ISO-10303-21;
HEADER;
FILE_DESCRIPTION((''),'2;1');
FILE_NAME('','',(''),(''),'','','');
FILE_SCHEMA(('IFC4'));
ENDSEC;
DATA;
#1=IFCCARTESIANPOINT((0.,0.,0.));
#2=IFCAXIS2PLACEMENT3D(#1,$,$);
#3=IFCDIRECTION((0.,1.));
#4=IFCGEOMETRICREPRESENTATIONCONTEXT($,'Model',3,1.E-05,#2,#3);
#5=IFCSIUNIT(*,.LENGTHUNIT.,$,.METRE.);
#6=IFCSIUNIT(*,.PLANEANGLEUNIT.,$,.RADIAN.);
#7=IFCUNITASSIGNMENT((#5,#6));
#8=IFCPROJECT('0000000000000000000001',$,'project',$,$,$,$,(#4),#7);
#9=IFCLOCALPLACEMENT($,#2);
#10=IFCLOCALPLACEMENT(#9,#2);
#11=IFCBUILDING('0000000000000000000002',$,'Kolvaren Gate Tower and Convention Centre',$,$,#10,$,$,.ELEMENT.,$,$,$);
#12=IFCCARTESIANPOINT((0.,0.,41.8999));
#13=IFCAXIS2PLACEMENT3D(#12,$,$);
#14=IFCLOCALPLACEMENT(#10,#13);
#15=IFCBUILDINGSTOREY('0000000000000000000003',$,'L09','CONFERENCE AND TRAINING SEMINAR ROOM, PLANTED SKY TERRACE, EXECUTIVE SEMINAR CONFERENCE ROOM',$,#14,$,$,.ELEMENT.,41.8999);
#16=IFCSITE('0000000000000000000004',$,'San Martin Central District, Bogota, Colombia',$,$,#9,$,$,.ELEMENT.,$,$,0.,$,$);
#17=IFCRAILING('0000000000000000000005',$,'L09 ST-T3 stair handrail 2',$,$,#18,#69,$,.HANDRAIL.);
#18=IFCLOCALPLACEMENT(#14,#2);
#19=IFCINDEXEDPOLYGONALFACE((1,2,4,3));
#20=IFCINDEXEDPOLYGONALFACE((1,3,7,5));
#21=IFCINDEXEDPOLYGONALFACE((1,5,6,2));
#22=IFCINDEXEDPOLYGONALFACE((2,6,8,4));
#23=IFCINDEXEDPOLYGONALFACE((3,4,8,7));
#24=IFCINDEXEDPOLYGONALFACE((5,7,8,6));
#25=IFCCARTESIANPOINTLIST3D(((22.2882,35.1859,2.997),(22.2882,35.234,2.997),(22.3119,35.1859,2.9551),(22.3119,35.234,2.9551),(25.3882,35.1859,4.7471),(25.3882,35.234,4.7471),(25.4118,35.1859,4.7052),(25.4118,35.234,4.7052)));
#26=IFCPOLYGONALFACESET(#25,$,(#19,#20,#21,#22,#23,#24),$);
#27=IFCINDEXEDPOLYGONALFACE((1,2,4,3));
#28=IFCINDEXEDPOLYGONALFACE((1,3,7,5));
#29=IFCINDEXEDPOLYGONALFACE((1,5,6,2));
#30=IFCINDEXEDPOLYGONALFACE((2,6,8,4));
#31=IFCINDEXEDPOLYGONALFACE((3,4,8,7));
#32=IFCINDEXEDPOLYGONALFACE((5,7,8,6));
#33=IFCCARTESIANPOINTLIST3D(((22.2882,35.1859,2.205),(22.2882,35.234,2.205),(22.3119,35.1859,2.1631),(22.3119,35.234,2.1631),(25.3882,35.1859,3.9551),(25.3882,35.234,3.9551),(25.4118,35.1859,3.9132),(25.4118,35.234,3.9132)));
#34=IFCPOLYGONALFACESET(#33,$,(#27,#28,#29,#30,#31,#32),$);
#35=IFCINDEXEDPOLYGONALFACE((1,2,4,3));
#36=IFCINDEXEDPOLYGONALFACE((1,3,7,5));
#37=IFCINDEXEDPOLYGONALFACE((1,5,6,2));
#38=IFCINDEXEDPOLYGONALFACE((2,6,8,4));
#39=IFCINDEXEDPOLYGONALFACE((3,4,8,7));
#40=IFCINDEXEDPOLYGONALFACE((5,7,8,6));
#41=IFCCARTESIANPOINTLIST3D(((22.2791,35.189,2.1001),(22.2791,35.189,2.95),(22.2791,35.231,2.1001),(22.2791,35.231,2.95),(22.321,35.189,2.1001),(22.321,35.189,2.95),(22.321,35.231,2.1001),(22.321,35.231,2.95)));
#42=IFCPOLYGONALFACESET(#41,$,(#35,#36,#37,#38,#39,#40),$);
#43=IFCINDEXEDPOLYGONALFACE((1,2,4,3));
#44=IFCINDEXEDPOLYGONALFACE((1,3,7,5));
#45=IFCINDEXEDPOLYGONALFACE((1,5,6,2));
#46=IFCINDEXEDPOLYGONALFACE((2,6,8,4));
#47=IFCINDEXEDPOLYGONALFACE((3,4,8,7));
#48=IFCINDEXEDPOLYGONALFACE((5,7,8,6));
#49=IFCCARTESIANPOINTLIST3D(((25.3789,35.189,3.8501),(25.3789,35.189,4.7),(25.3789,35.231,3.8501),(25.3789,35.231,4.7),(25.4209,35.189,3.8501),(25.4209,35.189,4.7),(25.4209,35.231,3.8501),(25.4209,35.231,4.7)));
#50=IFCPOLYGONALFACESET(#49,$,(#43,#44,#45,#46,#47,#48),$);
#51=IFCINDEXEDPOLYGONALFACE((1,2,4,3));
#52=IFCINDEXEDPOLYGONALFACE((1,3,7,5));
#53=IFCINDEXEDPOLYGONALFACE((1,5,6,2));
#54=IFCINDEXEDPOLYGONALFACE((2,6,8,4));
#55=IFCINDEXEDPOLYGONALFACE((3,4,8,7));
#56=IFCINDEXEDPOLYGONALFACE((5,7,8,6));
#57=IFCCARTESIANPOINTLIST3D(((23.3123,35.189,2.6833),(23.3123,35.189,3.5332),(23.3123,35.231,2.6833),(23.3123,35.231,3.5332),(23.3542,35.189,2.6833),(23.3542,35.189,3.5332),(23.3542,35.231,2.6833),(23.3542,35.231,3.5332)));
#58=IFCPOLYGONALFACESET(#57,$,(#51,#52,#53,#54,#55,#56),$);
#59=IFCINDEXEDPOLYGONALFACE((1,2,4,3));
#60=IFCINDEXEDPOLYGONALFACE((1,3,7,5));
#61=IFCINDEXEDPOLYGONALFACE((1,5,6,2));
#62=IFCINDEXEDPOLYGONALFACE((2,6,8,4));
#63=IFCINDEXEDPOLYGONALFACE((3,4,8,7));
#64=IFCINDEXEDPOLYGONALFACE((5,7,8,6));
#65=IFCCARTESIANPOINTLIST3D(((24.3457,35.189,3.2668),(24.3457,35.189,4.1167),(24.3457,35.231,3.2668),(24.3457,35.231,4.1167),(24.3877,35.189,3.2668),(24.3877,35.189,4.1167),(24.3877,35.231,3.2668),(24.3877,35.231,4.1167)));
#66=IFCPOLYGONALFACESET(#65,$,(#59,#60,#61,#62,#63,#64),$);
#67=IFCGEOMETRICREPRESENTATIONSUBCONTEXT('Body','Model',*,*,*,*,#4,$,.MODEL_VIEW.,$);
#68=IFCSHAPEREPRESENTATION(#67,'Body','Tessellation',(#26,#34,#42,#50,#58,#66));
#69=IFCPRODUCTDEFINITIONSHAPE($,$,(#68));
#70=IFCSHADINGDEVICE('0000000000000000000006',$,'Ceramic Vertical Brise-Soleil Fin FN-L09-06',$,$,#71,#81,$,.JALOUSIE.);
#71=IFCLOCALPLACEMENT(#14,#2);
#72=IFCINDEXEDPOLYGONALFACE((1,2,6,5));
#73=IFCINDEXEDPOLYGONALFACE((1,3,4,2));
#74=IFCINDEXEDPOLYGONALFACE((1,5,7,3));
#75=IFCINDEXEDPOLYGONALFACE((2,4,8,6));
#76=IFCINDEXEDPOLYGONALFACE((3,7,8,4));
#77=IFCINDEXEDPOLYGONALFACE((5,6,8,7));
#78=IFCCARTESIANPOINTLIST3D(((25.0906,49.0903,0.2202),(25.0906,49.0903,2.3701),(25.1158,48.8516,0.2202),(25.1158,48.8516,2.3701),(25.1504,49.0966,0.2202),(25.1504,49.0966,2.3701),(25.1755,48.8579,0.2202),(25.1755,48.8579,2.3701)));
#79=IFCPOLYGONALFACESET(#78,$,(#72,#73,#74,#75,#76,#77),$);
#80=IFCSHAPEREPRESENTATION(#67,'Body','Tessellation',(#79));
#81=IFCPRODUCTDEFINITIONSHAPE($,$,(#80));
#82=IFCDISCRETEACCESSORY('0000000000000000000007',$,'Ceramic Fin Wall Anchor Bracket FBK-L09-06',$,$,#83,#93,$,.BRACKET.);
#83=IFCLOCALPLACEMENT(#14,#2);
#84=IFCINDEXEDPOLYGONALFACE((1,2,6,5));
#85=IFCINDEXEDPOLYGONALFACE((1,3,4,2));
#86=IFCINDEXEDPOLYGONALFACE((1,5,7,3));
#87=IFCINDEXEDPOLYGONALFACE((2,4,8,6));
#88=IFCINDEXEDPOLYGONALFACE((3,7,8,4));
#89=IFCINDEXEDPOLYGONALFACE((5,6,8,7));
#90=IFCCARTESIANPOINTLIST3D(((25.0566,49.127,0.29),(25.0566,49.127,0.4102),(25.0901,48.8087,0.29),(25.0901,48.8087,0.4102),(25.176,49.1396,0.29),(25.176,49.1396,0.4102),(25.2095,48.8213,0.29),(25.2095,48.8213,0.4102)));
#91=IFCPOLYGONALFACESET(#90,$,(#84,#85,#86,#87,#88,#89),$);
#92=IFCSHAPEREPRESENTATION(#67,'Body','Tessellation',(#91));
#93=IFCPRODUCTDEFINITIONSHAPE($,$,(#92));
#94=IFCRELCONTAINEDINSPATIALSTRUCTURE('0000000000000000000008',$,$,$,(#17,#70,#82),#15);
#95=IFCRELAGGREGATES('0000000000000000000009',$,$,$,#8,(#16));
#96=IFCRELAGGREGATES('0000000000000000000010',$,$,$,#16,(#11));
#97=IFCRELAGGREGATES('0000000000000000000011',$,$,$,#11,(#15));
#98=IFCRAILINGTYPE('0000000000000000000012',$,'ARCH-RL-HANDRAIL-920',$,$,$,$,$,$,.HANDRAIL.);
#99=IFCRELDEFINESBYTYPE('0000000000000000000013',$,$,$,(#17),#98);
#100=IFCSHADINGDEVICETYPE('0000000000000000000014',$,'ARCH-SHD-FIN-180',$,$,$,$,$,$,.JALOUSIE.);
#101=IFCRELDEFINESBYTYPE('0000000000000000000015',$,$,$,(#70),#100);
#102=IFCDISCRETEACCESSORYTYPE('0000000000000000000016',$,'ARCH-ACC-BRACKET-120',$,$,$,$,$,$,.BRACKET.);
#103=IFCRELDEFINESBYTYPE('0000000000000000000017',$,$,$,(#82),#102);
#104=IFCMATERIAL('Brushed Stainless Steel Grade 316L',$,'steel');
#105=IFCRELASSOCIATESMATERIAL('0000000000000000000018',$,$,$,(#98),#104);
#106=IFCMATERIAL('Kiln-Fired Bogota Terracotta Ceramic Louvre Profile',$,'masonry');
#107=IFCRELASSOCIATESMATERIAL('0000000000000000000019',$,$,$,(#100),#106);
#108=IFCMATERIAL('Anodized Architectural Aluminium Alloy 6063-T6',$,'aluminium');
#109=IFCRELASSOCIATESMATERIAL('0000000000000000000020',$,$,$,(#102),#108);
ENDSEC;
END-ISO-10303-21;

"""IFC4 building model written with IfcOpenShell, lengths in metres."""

from ifc_helpers import new_model, si_unit, direction, frame, origin, origin_2d, place, context, subcontext, project, spatial, rectangle, extrude, material, type_object, element, save


model = new_model("IFC4")

# Units and contexts
model_context = context("Model", 3, precision=1e-05, world=origin(), true_north=direction((0.0, 1.0)))
body_context = subcontext(model_context, "Body", "Model", "MODEL_VIEW")
ifc_project = project(units=[si_unit("LENGTHUNIT", "METRE"), si_unit("PLANEANGLEUNIT", "RADIAN")], contexts=[model_context])

# Site, building, storey
site_placement = place(None, origin())
site = spatial("IfcSite", under=ifc_project, at=site_placement, Name="San Martin Central District, Bogota, Colombia", CompositionType="ELEMENT", RefElevation=0.0)
building_placement = place(site_placement, origin())
building = spatial("IfcBuilding", under=site, at=building_placement, Name="Kolvaren Gate Tower and Convention Centre", CompositionType="ELEMENT")
storey_placement = place(building_placement, frame((0.0, 0.0, 41.8999)))
storey = spatial("IfcBuildingStorey", under=building, at=storey_placement, Name="L09", Description="CONFERENCE AND TRAINING SEMINAR ROOM, PLANTED SKY TERRACE, EXECUTIVE SEMINAR CONFERENCE ROOM", CompositionType="ELEMENT", Elevation=41.8999)

# Railing
ifc_material_1 = material(Name="Brushed Stainless Steel Grade 316L", Category="steel")
railing_type_1 = type_object("IfcRailingType", Name="ARCH-RL-HANDRAIL-920", PredefinedType="HANDRAIL", material=ifc_material_1)
railing_1_placement = place(storey_placement, frame((22.3, 35.21, 2.1001)))
element("IfcRailing", 1, at=railing_1_placement, inside=storey, type_object=railing_type_1, Name="L09 ST-T3 stair handrail 2", PredefinedType="HANDRAIL", context=body_context, shape_type="SweptSolid", body=[
    extrude(rectangle(XDim=0.0481, YDim=0.0481, at=origin_2d()), frame((0.0, 0.0, 0.876), z_axis=(0.870814, 0.0, 0.491612), x_axis=(0.0, 1.0, 0.0)), (0.0, 0.0, 1.0), 3.5598),
    extrude(rectangle(XDim=0.0481, YDim=0.0481, at=origin_2d()), frame((0.0, 0.0, 0.084), z_axis=(0.870814, 0.0, 0.491612), x_axis=(0.0, 1.0, 0.0)), (0.0, 0.0, 1.0), 3.5598),
    extrude(rectangle(XDim=0.042, YDim=0.042, at=origin_2d()), origin(), (0.0, 0.0, 1.0), 0.8499),
    extrude(rectangle(XDim=0.042, YDim=0.042, at=origin_2d()), frame((3.0999, 0.0, 1.75)), (0.0, 0.0, 1.0), 0.8499),
    extrude(rectangle(XDim=0.042, YDim=0.042, at=origin_2d()), frame((1.0332, 0.0, 0.5833)), (0.0, 0.0, 1.0), 0.8499),
    extrude(rectangle(XDim=0.042, YDim=0.042, at=origin_2d()), frame((2.0667, 0.0, 1.1667)), (0.0, 0.0, 1.0), 0.8499),
])

# Shading device
ifc_material_2 = material(Name="Kiln-Fired Bogota Terracotta Ceramic Louvre Profile", Category="masonry")
shading_device_type = type_object("IfcShadingDeviceType", Name="ARCH-SHD-FIN-180", PredefinedType="JALOUSIE", material=ifc_material_2)
shading_device_placement = place(storey_placement, frame((25.1331, 48.9741, 0.2202), z_axis=(0.0, 0.0, 1.0), x_axis=(0.994499, 0.104747, 0.0)))
element("IfcShadingDevice", 2, at=shading_device_placement, inside=storey, type_object=shading_device_type, Name="Ceramic Vertical Brise-Soleil Fin FN-L09-06", PredefinedType="JALOUSIE", context=body_context, shape_type="SweptSolid", body=[
    extrude(rectangle(XDim=0.0601, YDim=0.24, at=origin_2d()), origin(), (0.0, 0.0, 1.0), 2.1499),
])

# Discrete accessory
ifc_material_3 = material(Name="Anodized Architectural Aluminium Alloy 6063-T6", Category="aluminium")
discrete_accessory_type = type_object("IfcDiscreteAccessoryType", Name="ARCH-ACC-BRACKET-120", PredefinedType="BRACKET", material=ifc_material_3)
discrete_accessory_placement = place(storey_placement, frame((25.1331, 48.9741, 0.29), z_axis=(0.0, 0.0, 1.0), x_axis=(0.994499, 0.104747, 0.0)))
element("IfcDiscreteAccessory", 3, at=discrete_accessory_placement, inside=storey, type_object=discrete_accessory_type, Name="Ceramic Fin Wall Anchor Bracket FBK-L09-06", PredefinedType="BRACKET", context=body_context, shape_type="SweptSolid", body=[
    extrude(rectangle(XDim=0.1201, YDim=0.3201, at=origin_2d()), origin(), (0.0, 0.0, 1.0), 0.1201),
])

save(model, "model.ifc")
